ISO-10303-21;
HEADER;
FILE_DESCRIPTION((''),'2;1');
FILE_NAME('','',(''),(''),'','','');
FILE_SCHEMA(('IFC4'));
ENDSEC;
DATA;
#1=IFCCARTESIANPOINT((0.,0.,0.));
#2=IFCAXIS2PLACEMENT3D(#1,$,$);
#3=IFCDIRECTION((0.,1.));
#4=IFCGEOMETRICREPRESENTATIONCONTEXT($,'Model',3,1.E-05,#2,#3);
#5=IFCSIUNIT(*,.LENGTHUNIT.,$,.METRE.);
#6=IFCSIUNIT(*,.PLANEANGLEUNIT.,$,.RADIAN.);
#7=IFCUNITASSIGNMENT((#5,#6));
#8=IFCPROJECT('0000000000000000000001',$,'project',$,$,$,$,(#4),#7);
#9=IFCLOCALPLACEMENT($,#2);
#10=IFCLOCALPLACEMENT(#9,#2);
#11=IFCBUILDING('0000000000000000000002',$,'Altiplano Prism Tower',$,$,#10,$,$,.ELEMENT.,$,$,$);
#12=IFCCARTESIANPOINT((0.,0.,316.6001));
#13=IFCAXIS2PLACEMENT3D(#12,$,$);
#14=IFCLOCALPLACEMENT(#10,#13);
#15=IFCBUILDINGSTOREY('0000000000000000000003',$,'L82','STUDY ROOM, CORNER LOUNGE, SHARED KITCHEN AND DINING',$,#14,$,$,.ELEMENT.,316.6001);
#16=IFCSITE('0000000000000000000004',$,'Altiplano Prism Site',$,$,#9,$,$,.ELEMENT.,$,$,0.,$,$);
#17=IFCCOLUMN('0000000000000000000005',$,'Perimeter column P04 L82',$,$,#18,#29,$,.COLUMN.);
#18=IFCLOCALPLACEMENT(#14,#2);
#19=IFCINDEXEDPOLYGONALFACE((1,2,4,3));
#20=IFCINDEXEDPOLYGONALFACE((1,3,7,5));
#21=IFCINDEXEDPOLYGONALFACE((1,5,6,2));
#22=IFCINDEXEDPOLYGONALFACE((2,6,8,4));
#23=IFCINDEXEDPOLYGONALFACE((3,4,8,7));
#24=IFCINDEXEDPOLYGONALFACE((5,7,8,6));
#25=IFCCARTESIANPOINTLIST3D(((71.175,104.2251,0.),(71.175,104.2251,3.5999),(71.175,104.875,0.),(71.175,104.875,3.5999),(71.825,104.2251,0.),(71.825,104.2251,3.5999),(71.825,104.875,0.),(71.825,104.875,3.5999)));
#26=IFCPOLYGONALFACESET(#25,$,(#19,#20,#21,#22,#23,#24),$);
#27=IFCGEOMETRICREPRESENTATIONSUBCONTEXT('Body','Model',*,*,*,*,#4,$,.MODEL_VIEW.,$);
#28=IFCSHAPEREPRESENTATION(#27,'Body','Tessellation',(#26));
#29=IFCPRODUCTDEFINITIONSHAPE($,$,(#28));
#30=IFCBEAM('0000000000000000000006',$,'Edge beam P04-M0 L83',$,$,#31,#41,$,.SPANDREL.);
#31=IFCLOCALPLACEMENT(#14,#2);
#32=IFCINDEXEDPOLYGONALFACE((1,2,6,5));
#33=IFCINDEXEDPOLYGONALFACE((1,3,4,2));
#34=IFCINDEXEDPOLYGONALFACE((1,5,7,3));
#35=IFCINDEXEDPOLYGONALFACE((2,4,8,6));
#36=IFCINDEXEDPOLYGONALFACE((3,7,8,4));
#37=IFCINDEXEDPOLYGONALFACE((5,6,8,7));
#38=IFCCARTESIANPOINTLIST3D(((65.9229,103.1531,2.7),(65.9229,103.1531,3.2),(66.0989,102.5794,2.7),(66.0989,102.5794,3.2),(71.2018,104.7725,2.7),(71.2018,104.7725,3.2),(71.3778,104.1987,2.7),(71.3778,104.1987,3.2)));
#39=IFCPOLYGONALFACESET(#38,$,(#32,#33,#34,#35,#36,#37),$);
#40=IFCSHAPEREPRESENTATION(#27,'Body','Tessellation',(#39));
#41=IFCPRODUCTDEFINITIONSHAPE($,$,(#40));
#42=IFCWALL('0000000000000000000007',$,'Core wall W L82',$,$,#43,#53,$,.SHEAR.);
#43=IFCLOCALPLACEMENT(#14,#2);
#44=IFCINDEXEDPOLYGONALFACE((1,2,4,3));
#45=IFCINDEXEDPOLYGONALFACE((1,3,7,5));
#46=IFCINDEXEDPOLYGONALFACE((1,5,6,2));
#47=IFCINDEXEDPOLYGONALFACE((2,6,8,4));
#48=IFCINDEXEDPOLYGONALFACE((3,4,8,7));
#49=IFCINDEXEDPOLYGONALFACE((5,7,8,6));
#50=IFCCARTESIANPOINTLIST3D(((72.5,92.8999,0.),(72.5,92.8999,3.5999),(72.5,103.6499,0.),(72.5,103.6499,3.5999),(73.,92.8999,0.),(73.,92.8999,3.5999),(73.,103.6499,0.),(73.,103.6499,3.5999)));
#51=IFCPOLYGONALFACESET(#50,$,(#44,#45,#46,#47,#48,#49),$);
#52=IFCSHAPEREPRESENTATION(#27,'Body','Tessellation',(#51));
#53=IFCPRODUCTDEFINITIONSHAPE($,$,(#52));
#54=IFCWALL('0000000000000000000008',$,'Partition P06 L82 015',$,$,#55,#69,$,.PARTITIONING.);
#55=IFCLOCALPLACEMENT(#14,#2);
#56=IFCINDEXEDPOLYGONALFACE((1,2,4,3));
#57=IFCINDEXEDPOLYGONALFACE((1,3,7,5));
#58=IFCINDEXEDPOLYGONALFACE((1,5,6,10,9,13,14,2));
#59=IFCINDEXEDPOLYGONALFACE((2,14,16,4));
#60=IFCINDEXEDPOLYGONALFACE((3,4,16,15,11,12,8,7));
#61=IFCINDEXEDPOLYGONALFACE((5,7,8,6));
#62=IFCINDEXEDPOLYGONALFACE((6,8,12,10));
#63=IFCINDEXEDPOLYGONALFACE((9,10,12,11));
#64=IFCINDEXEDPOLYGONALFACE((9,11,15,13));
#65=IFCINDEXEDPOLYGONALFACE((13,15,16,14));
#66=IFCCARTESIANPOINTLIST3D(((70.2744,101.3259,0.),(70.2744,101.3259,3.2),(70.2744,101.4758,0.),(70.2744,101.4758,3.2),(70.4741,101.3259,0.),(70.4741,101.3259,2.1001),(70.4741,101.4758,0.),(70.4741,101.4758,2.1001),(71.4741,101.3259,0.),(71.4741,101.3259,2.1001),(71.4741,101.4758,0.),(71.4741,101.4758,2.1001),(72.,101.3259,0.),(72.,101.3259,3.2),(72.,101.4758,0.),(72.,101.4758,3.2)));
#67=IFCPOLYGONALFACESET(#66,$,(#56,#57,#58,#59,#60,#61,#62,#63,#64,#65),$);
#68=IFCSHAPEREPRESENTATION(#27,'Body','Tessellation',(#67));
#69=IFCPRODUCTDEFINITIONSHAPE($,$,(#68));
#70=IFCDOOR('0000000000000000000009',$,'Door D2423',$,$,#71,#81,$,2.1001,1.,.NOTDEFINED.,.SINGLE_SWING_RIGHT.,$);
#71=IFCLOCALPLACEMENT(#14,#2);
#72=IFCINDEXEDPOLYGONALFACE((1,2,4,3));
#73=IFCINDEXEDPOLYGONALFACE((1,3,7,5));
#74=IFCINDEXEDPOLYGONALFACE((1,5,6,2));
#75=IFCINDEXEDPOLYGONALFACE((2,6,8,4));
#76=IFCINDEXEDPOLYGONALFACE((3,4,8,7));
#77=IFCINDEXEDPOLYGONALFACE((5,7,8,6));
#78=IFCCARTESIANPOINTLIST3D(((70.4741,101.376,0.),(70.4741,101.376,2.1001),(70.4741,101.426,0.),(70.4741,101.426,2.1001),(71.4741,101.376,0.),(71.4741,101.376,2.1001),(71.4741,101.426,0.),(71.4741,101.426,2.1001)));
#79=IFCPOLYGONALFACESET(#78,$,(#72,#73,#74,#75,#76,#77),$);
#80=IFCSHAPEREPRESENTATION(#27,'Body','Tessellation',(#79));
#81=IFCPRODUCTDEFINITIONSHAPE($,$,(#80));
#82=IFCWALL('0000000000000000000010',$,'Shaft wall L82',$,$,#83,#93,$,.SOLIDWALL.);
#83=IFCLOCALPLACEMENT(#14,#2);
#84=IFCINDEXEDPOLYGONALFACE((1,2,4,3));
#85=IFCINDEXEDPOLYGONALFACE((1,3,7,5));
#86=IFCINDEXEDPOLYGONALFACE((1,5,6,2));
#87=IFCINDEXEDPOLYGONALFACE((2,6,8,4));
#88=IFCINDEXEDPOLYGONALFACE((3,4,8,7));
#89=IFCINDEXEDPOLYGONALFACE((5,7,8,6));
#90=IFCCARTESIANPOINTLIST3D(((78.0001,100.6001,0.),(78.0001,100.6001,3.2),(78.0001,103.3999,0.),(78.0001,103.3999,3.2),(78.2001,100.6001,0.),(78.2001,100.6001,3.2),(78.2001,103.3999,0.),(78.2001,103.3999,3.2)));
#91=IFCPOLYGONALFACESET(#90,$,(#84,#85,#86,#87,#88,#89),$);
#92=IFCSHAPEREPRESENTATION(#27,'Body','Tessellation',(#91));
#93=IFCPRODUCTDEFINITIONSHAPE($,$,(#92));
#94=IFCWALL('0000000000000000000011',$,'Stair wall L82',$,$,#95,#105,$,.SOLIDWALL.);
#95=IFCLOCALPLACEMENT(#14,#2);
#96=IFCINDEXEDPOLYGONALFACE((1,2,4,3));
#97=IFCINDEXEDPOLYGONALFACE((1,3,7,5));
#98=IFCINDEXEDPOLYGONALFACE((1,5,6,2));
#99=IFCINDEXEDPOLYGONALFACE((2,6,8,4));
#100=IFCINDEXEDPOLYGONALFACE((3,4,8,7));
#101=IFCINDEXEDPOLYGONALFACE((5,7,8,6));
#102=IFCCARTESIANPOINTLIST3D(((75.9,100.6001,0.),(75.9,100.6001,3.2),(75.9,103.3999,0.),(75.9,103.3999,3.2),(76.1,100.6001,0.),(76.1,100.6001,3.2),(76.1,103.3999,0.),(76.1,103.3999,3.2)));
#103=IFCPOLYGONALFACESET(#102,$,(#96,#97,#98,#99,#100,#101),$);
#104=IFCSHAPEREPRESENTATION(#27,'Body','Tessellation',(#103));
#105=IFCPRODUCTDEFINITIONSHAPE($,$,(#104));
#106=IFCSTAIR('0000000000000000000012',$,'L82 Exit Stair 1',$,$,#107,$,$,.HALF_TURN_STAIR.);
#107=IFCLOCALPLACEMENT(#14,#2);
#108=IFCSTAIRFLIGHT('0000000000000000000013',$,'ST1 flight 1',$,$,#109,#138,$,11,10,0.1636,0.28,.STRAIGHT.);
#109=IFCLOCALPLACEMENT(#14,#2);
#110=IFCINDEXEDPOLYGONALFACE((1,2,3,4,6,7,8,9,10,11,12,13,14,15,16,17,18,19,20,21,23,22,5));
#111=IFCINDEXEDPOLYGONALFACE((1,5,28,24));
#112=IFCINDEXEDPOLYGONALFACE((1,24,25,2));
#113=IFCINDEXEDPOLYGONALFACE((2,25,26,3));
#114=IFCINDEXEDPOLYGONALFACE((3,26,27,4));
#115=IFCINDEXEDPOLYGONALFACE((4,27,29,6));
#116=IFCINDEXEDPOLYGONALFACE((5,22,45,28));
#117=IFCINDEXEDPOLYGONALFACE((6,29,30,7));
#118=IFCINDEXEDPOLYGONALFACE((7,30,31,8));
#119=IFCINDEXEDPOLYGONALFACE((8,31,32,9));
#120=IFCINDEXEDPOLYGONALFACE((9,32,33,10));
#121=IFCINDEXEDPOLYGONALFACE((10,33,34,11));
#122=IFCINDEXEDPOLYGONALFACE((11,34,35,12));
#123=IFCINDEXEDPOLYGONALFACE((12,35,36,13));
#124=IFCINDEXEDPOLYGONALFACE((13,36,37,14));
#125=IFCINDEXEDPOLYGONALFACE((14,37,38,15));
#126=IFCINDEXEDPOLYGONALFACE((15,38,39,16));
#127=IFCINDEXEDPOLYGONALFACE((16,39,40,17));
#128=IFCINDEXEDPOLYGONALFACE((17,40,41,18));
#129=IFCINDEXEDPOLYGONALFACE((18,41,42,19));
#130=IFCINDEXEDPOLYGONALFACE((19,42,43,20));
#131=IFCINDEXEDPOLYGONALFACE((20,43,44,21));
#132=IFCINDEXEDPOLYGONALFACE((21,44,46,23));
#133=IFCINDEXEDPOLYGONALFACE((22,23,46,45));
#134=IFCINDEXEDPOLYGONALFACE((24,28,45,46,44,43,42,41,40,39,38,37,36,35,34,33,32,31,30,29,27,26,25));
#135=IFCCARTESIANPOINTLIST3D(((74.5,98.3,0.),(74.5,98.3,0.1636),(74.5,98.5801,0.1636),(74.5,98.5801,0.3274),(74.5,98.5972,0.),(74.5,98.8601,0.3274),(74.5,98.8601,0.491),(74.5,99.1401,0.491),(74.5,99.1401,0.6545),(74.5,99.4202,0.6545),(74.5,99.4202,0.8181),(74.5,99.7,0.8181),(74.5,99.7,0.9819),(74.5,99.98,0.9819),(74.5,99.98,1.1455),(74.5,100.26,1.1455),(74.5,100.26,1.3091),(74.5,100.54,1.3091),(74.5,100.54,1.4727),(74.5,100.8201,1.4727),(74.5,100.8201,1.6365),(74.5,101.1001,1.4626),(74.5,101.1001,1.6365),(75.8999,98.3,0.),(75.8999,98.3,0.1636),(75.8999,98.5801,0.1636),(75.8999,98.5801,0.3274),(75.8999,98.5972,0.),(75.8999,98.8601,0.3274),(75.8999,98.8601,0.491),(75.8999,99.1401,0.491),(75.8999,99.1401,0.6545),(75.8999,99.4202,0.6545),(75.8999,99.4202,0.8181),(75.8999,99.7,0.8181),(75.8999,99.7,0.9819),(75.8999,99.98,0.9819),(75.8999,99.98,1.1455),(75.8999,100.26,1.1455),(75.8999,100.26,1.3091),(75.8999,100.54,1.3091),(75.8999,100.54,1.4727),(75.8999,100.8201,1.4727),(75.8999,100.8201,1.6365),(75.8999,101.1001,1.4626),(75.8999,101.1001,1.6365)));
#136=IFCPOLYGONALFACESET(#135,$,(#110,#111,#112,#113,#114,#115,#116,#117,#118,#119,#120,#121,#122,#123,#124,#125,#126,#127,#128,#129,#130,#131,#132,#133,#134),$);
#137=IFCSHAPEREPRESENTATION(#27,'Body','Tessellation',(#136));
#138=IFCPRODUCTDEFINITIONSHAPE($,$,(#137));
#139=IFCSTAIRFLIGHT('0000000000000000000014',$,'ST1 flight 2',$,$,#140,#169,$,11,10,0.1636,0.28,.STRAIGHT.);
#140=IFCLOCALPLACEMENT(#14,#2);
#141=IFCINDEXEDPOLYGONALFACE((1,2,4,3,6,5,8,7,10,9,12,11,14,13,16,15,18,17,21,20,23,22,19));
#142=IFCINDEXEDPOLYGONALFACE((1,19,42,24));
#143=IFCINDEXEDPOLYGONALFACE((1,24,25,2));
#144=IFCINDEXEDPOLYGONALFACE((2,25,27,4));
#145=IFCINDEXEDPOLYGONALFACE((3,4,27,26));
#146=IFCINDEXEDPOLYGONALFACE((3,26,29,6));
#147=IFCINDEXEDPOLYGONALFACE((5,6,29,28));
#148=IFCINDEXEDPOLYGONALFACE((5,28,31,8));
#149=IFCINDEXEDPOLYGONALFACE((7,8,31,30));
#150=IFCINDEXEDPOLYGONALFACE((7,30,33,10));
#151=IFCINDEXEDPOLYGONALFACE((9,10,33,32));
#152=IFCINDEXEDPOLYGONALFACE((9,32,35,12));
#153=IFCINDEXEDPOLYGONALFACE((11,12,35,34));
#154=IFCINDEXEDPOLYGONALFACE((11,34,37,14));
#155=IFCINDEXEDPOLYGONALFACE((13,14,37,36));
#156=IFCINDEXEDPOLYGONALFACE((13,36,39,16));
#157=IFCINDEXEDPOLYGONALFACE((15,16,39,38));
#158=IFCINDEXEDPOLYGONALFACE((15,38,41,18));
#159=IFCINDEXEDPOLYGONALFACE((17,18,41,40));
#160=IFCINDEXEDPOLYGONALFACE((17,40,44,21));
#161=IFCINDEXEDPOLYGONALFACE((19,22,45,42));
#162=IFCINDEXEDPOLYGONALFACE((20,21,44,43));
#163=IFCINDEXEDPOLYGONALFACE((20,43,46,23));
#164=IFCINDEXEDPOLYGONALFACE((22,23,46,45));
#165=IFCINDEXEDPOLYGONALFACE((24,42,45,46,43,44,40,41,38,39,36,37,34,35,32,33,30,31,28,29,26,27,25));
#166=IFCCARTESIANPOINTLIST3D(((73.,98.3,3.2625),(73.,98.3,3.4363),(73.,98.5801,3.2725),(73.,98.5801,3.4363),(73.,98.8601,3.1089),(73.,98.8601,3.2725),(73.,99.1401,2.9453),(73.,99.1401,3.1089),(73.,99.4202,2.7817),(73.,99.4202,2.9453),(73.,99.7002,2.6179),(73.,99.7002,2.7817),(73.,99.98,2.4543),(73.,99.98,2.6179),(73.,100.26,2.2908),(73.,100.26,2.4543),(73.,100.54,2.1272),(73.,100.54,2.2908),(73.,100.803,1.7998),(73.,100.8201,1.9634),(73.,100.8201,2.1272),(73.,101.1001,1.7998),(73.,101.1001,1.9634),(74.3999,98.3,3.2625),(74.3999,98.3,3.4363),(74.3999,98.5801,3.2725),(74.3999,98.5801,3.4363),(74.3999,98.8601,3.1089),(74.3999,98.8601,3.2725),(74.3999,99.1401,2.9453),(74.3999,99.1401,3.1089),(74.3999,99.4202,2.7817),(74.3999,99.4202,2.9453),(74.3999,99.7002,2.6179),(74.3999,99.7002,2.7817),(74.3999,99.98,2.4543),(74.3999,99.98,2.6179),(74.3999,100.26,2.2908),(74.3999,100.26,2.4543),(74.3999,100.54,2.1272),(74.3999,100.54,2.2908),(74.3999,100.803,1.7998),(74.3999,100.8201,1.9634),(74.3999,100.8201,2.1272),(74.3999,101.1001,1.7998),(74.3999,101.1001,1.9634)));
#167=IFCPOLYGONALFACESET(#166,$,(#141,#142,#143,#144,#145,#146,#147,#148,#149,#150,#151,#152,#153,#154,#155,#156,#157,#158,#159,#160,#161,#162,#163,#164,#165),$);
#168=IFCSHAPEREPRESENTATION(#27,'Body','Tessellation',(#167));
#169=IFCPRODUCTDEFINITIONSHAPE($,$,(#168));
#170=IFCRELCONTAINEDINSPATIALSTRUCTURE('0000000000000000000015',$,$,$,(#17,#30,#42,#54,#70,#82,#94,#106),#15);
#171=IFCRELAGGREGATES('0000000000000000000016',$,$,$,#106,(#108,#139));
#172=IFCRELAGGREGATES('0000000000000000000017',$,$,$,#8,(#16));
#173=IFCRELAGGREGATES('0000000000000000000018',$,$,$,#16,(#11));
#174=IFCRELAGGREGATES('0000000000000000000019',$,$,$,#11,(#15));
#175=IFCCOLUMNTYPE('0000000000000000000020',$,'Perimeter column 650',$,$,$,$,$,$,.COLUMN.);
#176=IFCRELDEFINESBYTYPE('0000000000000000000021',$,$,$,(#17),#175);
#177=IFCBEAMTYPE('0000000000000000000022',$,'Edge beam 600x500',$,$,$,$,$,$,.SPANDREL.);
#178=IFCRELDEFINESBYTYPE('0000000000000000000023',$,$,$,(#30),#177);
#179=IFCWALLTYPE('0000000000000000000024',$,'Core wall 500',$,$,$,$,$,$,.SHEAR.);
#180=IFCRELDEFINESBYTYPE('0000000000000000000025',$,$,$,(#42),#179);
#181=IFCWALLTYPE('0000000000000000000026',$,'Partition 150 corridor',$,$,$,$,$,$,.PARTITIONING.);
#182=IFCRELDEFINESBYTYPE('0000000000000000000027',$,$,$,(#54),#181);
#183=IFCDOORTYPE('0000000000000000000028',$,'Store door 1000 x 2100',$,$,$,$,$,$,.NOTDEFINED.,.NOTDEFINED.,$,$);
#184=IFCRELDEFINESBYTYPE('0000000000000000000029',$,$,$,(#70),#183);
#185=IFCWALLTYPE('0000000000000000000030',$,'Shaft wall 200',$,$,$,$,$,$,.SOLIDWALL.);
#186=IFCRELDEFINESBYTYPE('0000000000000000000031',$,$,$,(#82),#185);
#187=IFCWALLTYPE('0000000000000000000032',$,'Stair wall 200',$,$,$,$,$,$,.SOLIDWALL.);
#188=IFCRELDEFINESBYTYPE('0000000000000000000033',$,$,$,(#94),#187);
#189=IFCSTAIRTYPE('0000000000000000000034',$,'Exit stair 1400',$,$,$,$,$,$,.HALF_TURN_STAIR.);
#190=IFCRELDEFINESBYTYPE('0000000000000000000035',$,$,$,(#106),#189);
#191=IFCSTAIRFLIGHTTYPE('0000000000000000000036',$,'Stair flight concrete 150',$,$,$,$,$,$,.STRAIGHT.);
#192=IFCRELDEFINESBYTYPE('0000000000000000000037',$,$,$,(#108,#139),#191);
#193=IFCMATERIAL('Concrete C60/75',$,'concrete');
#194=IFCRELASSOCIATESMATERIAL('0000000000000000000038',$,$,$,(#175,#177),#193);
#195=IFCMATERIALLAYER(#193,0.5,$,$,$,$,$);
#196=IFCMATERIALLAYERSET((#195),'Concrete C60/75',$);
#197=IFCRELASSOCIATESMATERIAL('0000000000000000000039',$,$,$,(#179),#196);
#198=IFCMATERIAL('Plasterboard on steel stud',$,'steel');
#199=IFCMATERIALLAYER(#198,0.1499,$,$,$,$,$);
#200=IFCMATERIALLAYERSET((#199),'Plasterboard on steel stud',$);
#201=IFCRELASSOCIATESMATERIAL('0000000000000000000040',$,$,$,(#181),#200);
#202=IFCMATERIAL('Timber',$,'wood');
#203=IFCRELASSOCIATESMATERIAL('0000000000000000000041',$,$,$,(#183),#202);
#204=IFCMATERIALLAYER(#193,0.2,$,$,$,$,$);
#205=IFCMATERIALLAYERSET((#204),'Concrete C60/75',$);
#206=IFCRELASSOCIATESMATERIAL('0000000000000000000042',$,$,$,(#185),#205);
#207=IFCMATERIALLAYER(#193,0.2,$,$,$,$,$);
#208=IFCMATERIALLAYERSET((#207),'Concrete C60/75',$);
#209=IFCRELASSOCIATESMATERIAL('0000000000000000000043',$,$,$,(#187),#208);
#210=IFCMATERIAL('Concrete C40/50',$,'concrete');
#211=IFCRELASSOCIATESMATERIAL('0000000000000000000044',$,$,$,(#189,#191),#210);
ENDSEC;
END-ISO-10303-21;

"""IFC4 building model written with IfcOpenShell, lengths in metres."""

from ifc_helpers import new_model, si_unit, direction, frame, frame_2d, origin, origin_2d, place, context, subcontext, project, spatial, polyline, rectangle, outline, extrude, material, layer, layer_set, material_profile, profile_set, type_object, element, fill, aggregate, save


model = new_model("IFC4")

# Units and contexts
model_context = context("Model", 3, precision=1e-05, world=origin(), true_north=direction((0.0, 1.0)))
body_context = subcontext(model_context, "Body", "Model", "MODEL_VIEW")
ifc_project = project(units=[si_unit("LENGTHUNIT", "METRE"), si_unit("PLANEANGLEUNIT", "RADIAN")], contexts=[model_context])

# Site, building, storey
site_placement = place(None, origin())
site = spatial("IfcSite", under=ifc_project, at=site_placement, Name="Altiplano Prism Site", CompositionType="ELEMENT", RefElevation=0.0)
building_placement = place(site_placement, origin())
building = spatial("IfcBuilding", under=site, at=building_placement, Name="Altiplano Prism Tower", CompositionType="ELEMENT")
storey_placement = place(building_placement, frame((0.0, 0.0, 316.6001)))
storey = spatial("IfcBuildingStorey", under=building, at=storey_placement, Name="L82", Description="STUDY ROOM, CORNER LOUNGE, SHARED KITCHEN AND DINING", CompositionType="ELEMENT", Elevation=316.6001)

# Column
ifc_material_1 = material(Name="Concrete C60/75", Category="concrete")
ifc_material_profile_1 = material_profile(ifc_material_1, rectangle(XDim=0.6499, YDim=0.6499, at=origin_2d()), Name="Perimeter column 650")
ifc_profile_set_1 = profile_set([ifc_material_profile_1], Name="Concrete C60/75")
column_type = type_object("IfcColumnType", Name="Perimeter column 650", PredefinedType="COLUMN", material=ifc_profile_set_1)
column_placement = place(storey_placement, frame((71.5, 104.55, 0.0), z_axis=(0.0, 0.0, 1.0), x_axis=(1.0, 0.0, 0.0)))
element("IfcColumn", 1, at=column_placement, inside=storey, type_object=column_type, Name="Perimeter column P04 L82", PredefinedType="COLUMN", context=body_context, shape_type="SweptSolid", body=[
    extrude(rectangle(XDim=0.6499, YDim=0.6499, at=origin_2d()), origin(), (0.0, 0.0, 1.0), 3.5999),
])

# Beam
ifc_material_profile_2 = material_profile(ifc_material_1, rectangle(XDim=0.6001, YDim=0.5, at=origin_2d()), Name="Edge beam 600x500")
ifc_profile_set_2 = profile_set([ifc_material_profile_2], Name="Concrete C60/75")
beam_type = type_object("IfcBeamType", Name="Edge beam 600x500", PredefinedType="SPANDREL", material=ifc_profile_set_2)
beam_placement = place(storey_placement, frame((71.2898, 104.4856, 2.95), z_axis=(-0.95603, -0.293269, 0.0), x_axis=(0.293269, -0.95603, 0.0)))
element("IfcBeam", 2, at=beam_placement, inside=storey, type_object=beam_type, Name="Edge beam P04-M0 L83", PredefinedType="SPANDREL", context=body_context, shape_type="SweptSolid", body=[
    extrude(rectangle(XDim=0.6001, YDim=0.5, at=origin_2d()), origin(), (0.0, 0.0, 1.0), 5.5217),
])

# Wall
ifc_layer_1 = layer(ifc_material_1, 0.5)
ifc_layer_set_1 = layer_set([ifc_layer_1], Name="Concrete C60/75")
wall_type_1 = type_object("IfcWallType", Name="Core wall 500", PredefinedType="SHEAR", material=ifc_layer_set_1)
wall_1_placement = place(storey_placement, frame((72.75, 103.6499, 0.0), z_axis=(0.0, 0.0, 1.0), x_axis=(0.0, -1.0, 0.0)))
element("IfcWall", 3, at=wall_1_placement, inside=storey, type_object=wall_type_1, Name="Core wall W L82", PredefinedType="SHEAR", context=body_context, shape_type="SweptSolid", body=[
    extrude(rectangle(XDim=10.75, YDim=0.5, at=frame_2d((5.375, 0.0))), origin(), (0.0, 0.0, 1.0), 3.5999),
])

# Wall, opening, door
ifc_material_2 = material(Name="Plasterboard on steel stud", Category="steel")
ifc_layer_2 = layer(ifc_material_2, 0.1499)
ifc_layer_set_2 = layer_set([ifc_layer_2], Name="Plasterboard on steel stud")
wall_type_2 = type_object("IfcWallType", Name="Partition 150 corridor", PredefinedType="PARTITIONING", material=ifc_layer_set_2)
wall_2_placement = place(storey_placement, frame((72.0, 101.4009, 0.0), z_axis=(0.0, 0.0, 1.0), x_axis=(-1.0, 0.0, 0.0)))
wall_2 = element("IfcWall", 4, at=wall_2_placement, inside=storey, type_object=wall_type_2, Name="Partition P06 L82 015", PredefinedType="PARTITIONING", context=body_context, shape_type="SweptSolid", body=[
    extrude(rectangle(XDim=1.7256, YDim=0.1499, at=frame_2d((0.8628, 0.0))), origin(), (0.0, 0.0, 1.0), 3.2),
])
opening_1_placement = place(wall_2_placement, frame((0.5259, 0.0, 0.0)))
opening_1 = element("IfcOpeningElement", 5, at=opening_1_placement, cuts=wall_2, PredefinedType="OPENING", context=body_context, shape_type="SweptSolid", body=[
    extrude(rectangle(XDim=1.0, YDim=2.1001, at=frame_2d((0.5, 1.05))), frame((0.0, 0.0854, 0.0), z_axis=(0.0, -1.0, 0.0), x_axis=(1.0, 0.0, 0.0)), (0.0, 0.0, 1.0), 0.1709),
])
ifc_material_3 = material(Name="Timber", Category="wood")
door_type_1 = type_object("IfcDoorType", Name="Store door 1000 x 2100", OperationType="NOTDEFINED", PredefinedType="NOTDEFINED", material=ifc_material_3)
door_1_placement = place(opening_1_placement, origin())
door_1 = element("IfcDoor", 6, at=door_1_placement, inside=storey, type_object=door_type_1, Name="Door D2423", OperationType="SINGLE_SWING_RIGHT", OverallHeight=2.1001, OverallWidth=1.0, PredefinedType="NOTDEFINED", context=body_context, shape_type="SweptSolid", body=[
    extrude(rectangle(XDim=1.0, YDim=2.1001, at=frame_2d((0.5, 1.05))), frame((0.0, 0.0249, 0.0), z_axis=(0.0, -1.0, 0.0), x_axis=(1.0, 0.0, 0.0)), (0.0, 0.0, 1.0), 0.05),
])
fill(opening_1, door_1)

# Wall
ifc_layer_3 = layer(ifc_material_1, 0.2)
ifc_layer_set_3 = layer_set([ifc_layer_3], Name="Concrete C60/75")
wall_type_3 = type_object("IfcWallType", Name="Shaft wall 200", PredefinedType="SOLIDWALL", material=ifc_layer_set_3)
wall_3_placement = place(storey_placement, frame((78.1001, 100.6001, 0.0), z_axis=(0.0, 0.0, 1.0), x_axis=(0.0, 1.0, 0.0)))
element("IfcWall", 7, at=wall_3_placement, inside=storey, type_object=wall_type_3, Name="Shaft wall L82", PredefinedType="SOLIDWALL", context=body_context, shape_type="SweptSolid", body=[
    extrude(rectangle(XDim=2.7998, YDim=0.2, at=frame_2d((1.3999, 0.0))), origin(), (0.0, 0.0, 1.0), 3.2),
])

# Shared definitions
ifc_layer_4 = layer(ifc_material_1, 0.2)
ifc_layer_set_4 = layer_set([ifc_layer_4], Name="Concrete C60/75")
wall_type_4 = type_object("IfcWallType", Name="Stair wall 200", PredefinedType="SOLIDWALL", material=ifc_layer_set_4)

# Wall
wall_4_placement = place(storey_placement, frame((76.0, 100.6001, 0.0), z_axis=(0.0, 0.0, 1.0), x_axis=(0.0, 1.0, 0.0)))
element("IfcWall", 8, at=wall_4_placement, inside=storey, type_object=wall_type_4, Name="Stair wall L82", PredefinedType="SOLIDWALL", context=body_context, shape_type="SweptSolid", body=[
    extrude(rectangle(XDim=2.7998, YDim=0.2, at=frame_2d((1.3999, 0.0))), origin(), (0.0, 0.0, 1.0), 3.2),
])

# Stair, stair flights
ifc_material_4 = material(Name="Concrete C40/50", Category="concrete")
stair_type = type_object("IfcStairType", Name="Exit stair 1400", PredefinedType="HALF_TURN_STAIR", material=ifc_material_4)
stair_placement = place(storey_placement, origin())
stair = element("IfcStair", 9, at=stair_placement, inside=storey, type_object=stair_type, Name="L82 Exit Stair 1", PredefinedType="HALF_TURN_STAIR")
stair_flight_type = type_object("IfcStairFlightType", Name="Stair flight concrete 150", PredefinedType="STRAIGHT", material=ifc_material_4)
stair_flight_1_placement = place(storey_placement, frame((75.2, 98.3, 0.0), z_axis=(0.0, 0.0, 1.0), x_axis=(0.0, 1.0, 0.0)))
stair_flight_1 = element("IfcStairFlight", 10, at=stair_flight_1_placement, type_object=stair_flight_type, Name="ST1 flight 1", NumberOfRisers=11, NumberOfTreads=10, PredefinedType="STRAIGHT", RiserHeight=0.1636, TreadLength=0.28, context=body_context, shape_type="SweptSolid", body=[
    extrude(outline(polyline([(0.0, 0.0), (0.0, 0.1636), (0.28, 0.1636), (0.28, 0.3274), (0.5601, 0.3274), (0.5601, 0.491), (0.8401, 0.491), (0.8401, 0.6545), (1.1201, 0.6545), (1.1201, 0.8181), (1.3999, 0.8181), (1.3999, 0.9819), (1.6799, 0.9819), (1.6799, 1.1455), (1.96, 1.1455), (1.96, 1.3091), (2.24, 1.3091), (2.24, 1.4727), (2.52, 1.4727), (2.52, 1.6365), (2.8, 1.6365), (2.8, 1.8), (2.8, 1.4626), (0.2971, 0.0), (0.0, 0.0)])), frame((0.0, 0.7, 0.0), z_axis=(0.0, -1.0, 0.0), x_axis=(1.0, 0.0, 0.0)), (0.0, 0.0, 1.0), 1.3999),
])
stair_flight_2_placement = place(storey_placement, frame((73.7, 101.1001, 1.7998), z_axis=(0.0, 0.0, 1.0), x_axis=(0.0, -1.0, 0.0)))
stair_flight_2 = element("IfcStairFlight", 11, at=stair_flight_2_placement, type_object=stair_flight_type, Name="ST1 flight 2", NumberOfRisers=11, NumberOfTreads=10, PredefinedType="STRAIGHT", RiserHeight=0.1636, TreadLength=0.28, context=body_context, shape_type="SweptSolid", body=[
    extrude(outline(polyline([(0.0, 0.0), (0.0, 0.1636), (0.28, 0.1636), (0.28, 0.3274), (0.5601, 0.3274), (0.5601, 0.491), (0.8401, 0.491), (0.8401, 0.6545), (1.1201, 0.6545), (1.1201, 0.8181), (1.3999, 0.8181), (1.3999, 0.9819), (1.6799, 0.9819), (1.6799, 1.1455), (1.96, 1.1455), (1.96, 1.3091), (2.24, 1.3091), (2.24, 1.4727), (2.52, 1.4727), (2.52, 1.6365), (2.8, 1.6365), (2.8, 1.8), (2.8, 1.4626), (0.2971, 0.0), (0.0, 0.0)])), frame((0.0, 0.7, 0.0), z_axis=(0.0, -1.0, 0.0), x_axis=(1.0, 0.0, 0.0)), (0.0, 0.0, 1.0), 1.3999),
])
aggregate(stair, [stair_flight_1, stair_flight_2])

save(model, "model.ifc")
